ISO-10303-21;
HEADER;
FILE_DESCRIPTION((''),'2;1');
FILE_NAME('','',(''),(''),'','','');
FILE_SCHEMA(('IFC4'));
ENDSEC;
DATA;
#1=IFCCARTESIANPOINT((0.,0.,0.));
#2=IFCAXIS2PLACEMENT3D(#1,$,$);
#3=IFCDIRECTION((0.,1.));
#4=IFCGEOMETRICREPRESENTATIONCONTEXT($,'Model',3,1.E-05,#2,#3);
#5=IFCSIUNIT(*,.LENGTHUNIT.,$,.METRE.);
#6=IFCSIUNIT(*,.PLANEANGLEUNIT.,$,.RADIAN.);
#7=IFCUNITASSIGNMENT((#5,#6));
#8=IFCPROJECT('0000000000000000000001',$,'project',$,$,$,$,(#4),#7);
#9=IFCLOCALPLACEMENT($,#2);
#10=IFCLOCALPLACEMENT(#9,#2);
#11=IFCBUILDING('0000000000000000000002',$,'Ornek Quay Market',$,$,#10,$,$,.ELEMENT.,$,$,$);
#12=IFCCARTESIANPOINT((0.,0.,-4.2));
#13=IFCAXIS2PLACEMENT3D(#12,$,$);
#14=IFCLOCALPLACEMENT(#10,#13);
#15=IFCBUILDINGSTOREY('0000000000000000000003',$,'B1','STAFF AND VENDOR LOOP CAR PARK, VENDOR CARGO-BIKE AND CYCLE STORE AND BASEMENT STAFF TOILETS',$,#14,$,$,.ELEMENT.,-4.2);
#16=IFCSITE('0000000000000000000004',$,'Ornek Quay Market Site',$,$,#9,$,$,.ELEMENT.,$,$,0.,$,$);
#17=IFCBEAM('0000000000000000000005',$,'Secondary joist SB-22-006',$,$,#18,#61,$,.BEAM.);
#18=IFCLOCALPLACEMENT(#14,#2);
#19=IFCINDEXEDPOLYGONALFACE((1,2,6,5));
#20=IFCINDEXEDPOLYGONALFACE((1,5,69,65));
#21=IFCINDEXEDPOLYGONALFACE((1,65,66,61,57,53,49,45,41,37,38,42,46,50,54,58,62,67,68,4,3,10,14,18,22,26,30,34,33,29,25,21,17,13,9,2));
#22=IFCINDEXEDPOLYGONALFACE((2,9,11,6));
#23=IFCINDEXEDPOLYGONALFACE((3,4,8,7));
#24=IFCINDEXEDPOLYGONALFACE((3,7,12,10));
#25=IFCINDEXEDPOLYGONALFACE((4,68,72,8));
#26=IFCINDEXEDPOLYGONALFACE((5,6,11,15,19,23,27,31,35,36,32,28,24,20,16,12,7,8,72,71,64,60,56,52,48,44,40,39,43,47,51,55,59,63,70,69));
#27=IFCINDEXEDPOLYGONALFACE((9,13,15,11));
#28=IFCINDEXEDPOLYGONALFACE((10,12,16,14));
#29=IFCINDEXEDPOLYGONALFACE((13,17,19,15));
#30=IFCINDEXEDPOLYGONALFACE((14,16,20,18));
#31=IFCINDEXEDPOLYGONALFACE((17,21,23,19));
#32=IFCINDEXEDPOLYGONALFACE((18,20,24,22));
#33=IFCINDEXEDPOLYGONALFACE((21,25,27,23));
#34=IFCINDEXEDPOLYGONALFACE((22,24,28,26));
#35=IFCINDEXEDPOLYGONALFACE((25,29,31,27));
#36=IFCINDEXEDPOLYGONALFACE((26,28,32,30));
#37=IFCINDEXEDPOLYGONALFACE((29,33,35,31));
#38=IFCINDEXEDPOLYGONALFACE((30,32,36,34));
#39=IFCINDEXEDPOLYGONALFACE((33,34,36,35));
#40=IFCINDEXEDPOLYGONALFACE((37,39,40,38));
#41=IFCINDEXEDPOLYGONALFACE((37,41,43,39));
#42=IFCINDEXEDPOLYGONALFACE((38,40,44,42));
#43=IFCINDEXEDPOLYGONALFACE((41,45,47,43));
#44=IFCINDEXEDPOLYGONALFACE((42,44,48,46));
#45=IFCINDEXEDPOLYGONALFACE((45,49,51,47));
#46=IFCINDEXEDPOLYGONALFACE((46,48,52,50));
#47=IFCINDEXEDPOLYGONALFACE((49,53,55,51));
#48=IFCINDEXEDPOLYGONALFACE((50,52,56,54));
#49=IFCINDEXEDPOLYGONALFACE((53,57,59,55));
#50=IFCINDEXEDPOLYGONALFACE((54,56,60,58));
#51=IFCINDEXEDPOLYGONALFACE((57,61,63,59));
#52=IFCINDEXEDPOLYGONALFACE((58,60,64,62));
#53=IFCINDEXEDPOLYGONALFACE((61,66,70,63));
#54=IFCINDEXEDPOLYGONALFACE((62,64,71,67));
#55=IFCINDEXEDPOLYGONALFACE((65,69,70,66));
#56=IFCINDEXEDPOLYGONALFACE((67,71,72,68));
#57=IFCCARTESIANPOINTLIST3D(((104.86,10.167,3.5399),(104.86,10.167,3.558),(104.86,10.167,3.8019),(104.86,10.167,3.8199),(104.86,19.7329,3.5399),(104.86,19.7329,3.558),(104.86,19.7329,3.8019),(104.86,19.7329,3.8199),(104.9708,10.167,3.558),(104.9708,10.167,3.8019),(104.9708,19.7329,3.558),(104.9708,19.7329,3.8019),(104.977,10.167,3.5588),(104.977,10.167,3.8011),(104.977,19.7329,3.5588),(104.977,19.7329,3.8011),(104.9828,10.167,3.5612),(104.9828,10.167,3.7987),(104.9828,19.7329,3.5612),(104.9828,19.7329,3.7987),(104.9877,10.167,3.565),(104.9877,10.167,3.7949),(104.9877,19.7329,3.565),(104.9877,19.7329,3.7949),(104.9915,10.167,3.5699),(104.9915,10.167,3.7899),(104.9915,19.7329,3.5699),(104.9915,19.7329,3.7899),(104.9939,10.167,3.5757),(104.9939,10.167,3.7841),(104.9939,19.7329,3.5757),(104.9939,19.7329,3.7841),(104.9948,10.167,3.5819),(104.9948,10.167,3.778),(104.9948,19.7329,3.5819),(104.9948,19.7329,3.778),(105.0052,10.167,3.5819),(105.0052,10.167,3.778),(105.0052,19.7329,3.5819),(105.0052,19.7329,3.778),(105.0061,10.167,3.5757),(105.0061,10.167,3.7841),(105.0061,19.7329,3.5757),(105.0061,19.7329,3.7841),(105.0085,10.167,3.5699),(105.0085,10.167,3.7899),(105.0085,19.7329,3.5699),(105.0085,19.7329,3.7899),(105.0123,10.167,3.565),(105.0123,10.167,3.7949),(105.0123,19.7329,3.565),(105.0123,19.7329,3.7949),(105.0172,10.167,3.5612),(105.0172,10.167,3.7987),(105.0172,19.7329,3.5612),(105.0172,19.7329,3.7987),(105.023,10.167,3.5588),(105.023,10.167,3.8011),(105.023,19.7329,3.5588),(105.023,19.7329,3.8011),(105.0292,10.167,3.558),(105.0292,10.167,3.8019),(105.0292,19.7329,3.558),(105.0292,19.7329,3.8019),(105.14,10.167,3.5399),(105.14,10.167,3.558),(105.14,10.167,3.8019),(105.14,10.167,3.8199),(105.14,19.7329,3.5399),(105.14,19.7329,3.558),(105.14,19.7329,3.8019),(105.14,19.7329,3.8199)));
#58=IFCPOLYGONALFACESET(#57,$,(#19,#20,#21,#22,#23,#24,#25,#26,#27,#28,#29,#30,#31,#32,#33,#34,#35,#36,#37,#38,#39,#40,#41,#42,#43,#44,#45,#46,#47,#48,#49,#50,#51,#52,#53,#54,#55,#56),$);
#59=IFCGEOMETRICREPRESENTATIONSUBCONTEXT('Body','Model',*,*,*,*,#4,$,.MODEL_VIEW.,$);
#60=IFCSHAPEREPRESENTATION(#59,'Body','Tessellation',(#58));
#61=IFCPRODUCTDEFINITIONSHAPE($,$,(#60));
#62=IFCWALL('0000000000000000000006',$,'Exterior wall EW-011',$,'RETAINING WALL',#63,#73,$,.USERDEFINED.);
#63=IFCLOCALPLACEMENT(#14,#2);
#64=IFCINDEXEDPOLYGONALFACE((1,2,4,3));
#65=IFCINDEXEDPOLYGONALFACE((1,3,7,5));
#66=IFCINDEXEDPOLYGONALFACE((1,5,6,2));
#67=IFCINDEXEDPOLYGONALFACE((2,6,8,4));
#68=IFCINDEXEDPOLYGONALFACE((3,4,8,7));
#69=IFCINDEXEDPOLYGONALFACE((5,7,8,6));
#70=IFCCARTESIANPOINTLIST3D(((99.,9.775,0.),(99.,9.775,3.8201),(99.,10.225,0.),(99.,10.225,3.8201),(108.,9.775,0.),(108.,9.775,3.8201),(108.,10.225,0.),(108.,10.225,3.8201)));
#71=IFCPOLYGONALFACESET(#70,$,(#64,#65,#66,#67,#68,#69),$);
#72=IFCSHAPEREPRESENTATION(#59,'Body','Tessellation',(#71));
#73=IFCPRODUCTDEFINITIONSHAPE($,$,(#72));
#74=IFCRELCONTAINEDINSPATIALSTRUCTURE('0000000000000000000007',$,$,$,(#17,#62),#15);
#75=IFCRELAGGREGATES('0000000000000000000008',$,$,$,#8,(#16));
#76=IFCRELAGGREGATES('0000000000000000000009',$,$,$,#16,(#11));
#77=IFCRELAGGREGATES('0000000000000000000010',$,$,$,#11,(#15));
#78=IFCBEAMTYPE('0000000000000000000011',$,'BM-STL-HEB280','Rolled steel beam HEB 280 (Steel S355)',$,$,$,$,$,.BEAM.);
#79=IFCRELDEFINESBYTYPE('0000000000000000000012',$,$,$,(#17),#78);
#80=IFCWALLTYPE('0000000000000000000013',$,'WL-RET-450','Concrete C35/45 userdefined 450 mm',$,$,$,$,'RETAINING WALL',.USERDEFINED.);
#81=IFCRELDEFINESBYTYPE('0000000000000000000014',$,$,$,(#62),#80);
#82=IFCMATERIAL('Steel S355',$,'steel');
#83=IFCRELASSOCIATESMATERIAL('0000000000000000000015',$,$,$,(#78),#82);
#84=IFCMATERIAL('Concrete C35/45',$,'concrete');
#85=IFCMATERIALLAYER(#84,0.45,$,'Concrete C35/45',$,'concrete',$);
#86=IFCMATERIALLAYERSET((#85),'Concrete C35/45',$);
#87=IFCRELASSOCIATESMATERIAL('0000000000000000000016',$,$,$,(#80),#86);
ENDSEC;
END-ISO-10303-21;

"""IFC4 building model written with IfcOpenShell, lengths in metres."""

from ifc_helpers import new_model, si_unit, direction, frame, frame_2d, origin, origin_2d, place, context, subcontext, project, spatial, rectangle, i_section, extrude, material, layer, layer_set, material_profile, profile_set, type_object, element, save


model = new_model("IFC4")

# Units and contexts
model_context = context("Model", 3, precision=1e-05, world=origin(), true_north=direction((0.0, 1.0)))
body_context = subcontext(model_context, "Body", "Model", "MODEL_VIEW")
ifc_project = project(units=[si_unit("LENGTHUNIT", "METRE"), si_unit("PLANEANGLEUNIT", "RADIAN")], contexts=[model_context])

# Site, building, storey
site_placement = place(None, origin())
site = spatial("IfcSite", under=ifc_project, at=site_placement, Name="Ornek Quay Market Site", CompositionType="ELEMENT", RefElevation=0.0)
building_placement = place(site_placement, origin())
building = spatial("IfcBuilding", under=site, at=building_placement, Name="Ornek Quay Market", CompositionType="ELEMENT")
storey_placement = place(building_placement, frame((0.0, 0.0, -4.2)))
storey = spatial("IfcBuildingStorey", under=building, at=storey_placement, Name="B1", Description="STAFF AND VENDOR LOOP CAR PARK, VENDOR CARGO-BIKE AND CYCLE STORE AND BASEMENT STAFF TOILETS", CompositionType="ELEMENT", Elevation=-4.2)

# Shared definitions
ifc_material_1 = material(Name="Concrete C35/45", Category="concrete")

# Beam
ifc_material_2 = material(Name="Steel S355", Category="steel")
ifc_material_profile_1 = material_profile(ifc_material_2, i_section(OverallWidth=0.28, OverallDepth=0.28, WebThickness=0.0105, FlangeThickness=0.0181, FilletRadius=0.0239, at=origin_2d()), Name="HEB 280", Category="steel")
ifc_profile_set_1 = profile_set([ifc_material_profile_1], Name="Steel S355")
beam_type_1 = type_object("IfcBeamType", Name="BM-STL-HEB280", Description="Rolled steel beam HEB 280 (Steel S355)", PredefinedType="BEAM", material=ifc_profile_set_1)
for number, where, z_axis, x_axis, name in (
    (1, (105.0, 10.167, 3.6799), (0.0, 1.0, 0.0), (-1.0, 0.0, 0.0), "Secondary joist SB-22-006"),
):
    element("IfcBeam", number, at=place(storey_placement, frame(where, z_axis=z_axis, x_axis=x_axis)), inside=storey, type_object=beam_type_1, Name=name, PredefinedType="BEAM", context=body_context, shape_type="SweptSolid", body=[
        extrude(i_section(OverallWidth=0.28, OverallDepth=0.28, WebThickness=0.0105, FlangeThickness=0.0181, FilletRadius=0.0239, at=origin_2d()), origin(), (0.0, 0.0, 1.0), 9.5659),
    ])

# Wall
ifc_layer = layer(ifc_material_1, 0.45, Name="Concrete C35/45", Category="concrete")
ifc_layer_set = layer_set([ifc_layer], Name="Concrete C35/45")
wall_type = type_object("IfcWallType", Name="WL-RET-450", Description="Concrete C35/45 userdefined 450 mm", ElementType="RETAINING WALL", PredefinedType="USERDEFINED", material=ifc_layer_set)
wall_placement = place(storey_placement, frame((99.0, 10.0, 0.0), z_axis=(0.0, 0.0, 1.0), x_axis=(1.0, 0.0, 0.0)))
element("IfcWall", 2, at=wall_placement, inside=storey, type_object=wall_type, Name="Exterior wall EW-011", ObjectType="RETAINING WALL", PredefinedType="USERDEFINED", context=body_context, shape_type="SweptSolid", body=[
    extrude(rectangle(XDim=9.0, YDim=0.45, at=frame_2d((4.5, 0.0))), origin(), (0.0, 0.0, 1.0), 3.8201),
])

save(model, "model.ifc")
